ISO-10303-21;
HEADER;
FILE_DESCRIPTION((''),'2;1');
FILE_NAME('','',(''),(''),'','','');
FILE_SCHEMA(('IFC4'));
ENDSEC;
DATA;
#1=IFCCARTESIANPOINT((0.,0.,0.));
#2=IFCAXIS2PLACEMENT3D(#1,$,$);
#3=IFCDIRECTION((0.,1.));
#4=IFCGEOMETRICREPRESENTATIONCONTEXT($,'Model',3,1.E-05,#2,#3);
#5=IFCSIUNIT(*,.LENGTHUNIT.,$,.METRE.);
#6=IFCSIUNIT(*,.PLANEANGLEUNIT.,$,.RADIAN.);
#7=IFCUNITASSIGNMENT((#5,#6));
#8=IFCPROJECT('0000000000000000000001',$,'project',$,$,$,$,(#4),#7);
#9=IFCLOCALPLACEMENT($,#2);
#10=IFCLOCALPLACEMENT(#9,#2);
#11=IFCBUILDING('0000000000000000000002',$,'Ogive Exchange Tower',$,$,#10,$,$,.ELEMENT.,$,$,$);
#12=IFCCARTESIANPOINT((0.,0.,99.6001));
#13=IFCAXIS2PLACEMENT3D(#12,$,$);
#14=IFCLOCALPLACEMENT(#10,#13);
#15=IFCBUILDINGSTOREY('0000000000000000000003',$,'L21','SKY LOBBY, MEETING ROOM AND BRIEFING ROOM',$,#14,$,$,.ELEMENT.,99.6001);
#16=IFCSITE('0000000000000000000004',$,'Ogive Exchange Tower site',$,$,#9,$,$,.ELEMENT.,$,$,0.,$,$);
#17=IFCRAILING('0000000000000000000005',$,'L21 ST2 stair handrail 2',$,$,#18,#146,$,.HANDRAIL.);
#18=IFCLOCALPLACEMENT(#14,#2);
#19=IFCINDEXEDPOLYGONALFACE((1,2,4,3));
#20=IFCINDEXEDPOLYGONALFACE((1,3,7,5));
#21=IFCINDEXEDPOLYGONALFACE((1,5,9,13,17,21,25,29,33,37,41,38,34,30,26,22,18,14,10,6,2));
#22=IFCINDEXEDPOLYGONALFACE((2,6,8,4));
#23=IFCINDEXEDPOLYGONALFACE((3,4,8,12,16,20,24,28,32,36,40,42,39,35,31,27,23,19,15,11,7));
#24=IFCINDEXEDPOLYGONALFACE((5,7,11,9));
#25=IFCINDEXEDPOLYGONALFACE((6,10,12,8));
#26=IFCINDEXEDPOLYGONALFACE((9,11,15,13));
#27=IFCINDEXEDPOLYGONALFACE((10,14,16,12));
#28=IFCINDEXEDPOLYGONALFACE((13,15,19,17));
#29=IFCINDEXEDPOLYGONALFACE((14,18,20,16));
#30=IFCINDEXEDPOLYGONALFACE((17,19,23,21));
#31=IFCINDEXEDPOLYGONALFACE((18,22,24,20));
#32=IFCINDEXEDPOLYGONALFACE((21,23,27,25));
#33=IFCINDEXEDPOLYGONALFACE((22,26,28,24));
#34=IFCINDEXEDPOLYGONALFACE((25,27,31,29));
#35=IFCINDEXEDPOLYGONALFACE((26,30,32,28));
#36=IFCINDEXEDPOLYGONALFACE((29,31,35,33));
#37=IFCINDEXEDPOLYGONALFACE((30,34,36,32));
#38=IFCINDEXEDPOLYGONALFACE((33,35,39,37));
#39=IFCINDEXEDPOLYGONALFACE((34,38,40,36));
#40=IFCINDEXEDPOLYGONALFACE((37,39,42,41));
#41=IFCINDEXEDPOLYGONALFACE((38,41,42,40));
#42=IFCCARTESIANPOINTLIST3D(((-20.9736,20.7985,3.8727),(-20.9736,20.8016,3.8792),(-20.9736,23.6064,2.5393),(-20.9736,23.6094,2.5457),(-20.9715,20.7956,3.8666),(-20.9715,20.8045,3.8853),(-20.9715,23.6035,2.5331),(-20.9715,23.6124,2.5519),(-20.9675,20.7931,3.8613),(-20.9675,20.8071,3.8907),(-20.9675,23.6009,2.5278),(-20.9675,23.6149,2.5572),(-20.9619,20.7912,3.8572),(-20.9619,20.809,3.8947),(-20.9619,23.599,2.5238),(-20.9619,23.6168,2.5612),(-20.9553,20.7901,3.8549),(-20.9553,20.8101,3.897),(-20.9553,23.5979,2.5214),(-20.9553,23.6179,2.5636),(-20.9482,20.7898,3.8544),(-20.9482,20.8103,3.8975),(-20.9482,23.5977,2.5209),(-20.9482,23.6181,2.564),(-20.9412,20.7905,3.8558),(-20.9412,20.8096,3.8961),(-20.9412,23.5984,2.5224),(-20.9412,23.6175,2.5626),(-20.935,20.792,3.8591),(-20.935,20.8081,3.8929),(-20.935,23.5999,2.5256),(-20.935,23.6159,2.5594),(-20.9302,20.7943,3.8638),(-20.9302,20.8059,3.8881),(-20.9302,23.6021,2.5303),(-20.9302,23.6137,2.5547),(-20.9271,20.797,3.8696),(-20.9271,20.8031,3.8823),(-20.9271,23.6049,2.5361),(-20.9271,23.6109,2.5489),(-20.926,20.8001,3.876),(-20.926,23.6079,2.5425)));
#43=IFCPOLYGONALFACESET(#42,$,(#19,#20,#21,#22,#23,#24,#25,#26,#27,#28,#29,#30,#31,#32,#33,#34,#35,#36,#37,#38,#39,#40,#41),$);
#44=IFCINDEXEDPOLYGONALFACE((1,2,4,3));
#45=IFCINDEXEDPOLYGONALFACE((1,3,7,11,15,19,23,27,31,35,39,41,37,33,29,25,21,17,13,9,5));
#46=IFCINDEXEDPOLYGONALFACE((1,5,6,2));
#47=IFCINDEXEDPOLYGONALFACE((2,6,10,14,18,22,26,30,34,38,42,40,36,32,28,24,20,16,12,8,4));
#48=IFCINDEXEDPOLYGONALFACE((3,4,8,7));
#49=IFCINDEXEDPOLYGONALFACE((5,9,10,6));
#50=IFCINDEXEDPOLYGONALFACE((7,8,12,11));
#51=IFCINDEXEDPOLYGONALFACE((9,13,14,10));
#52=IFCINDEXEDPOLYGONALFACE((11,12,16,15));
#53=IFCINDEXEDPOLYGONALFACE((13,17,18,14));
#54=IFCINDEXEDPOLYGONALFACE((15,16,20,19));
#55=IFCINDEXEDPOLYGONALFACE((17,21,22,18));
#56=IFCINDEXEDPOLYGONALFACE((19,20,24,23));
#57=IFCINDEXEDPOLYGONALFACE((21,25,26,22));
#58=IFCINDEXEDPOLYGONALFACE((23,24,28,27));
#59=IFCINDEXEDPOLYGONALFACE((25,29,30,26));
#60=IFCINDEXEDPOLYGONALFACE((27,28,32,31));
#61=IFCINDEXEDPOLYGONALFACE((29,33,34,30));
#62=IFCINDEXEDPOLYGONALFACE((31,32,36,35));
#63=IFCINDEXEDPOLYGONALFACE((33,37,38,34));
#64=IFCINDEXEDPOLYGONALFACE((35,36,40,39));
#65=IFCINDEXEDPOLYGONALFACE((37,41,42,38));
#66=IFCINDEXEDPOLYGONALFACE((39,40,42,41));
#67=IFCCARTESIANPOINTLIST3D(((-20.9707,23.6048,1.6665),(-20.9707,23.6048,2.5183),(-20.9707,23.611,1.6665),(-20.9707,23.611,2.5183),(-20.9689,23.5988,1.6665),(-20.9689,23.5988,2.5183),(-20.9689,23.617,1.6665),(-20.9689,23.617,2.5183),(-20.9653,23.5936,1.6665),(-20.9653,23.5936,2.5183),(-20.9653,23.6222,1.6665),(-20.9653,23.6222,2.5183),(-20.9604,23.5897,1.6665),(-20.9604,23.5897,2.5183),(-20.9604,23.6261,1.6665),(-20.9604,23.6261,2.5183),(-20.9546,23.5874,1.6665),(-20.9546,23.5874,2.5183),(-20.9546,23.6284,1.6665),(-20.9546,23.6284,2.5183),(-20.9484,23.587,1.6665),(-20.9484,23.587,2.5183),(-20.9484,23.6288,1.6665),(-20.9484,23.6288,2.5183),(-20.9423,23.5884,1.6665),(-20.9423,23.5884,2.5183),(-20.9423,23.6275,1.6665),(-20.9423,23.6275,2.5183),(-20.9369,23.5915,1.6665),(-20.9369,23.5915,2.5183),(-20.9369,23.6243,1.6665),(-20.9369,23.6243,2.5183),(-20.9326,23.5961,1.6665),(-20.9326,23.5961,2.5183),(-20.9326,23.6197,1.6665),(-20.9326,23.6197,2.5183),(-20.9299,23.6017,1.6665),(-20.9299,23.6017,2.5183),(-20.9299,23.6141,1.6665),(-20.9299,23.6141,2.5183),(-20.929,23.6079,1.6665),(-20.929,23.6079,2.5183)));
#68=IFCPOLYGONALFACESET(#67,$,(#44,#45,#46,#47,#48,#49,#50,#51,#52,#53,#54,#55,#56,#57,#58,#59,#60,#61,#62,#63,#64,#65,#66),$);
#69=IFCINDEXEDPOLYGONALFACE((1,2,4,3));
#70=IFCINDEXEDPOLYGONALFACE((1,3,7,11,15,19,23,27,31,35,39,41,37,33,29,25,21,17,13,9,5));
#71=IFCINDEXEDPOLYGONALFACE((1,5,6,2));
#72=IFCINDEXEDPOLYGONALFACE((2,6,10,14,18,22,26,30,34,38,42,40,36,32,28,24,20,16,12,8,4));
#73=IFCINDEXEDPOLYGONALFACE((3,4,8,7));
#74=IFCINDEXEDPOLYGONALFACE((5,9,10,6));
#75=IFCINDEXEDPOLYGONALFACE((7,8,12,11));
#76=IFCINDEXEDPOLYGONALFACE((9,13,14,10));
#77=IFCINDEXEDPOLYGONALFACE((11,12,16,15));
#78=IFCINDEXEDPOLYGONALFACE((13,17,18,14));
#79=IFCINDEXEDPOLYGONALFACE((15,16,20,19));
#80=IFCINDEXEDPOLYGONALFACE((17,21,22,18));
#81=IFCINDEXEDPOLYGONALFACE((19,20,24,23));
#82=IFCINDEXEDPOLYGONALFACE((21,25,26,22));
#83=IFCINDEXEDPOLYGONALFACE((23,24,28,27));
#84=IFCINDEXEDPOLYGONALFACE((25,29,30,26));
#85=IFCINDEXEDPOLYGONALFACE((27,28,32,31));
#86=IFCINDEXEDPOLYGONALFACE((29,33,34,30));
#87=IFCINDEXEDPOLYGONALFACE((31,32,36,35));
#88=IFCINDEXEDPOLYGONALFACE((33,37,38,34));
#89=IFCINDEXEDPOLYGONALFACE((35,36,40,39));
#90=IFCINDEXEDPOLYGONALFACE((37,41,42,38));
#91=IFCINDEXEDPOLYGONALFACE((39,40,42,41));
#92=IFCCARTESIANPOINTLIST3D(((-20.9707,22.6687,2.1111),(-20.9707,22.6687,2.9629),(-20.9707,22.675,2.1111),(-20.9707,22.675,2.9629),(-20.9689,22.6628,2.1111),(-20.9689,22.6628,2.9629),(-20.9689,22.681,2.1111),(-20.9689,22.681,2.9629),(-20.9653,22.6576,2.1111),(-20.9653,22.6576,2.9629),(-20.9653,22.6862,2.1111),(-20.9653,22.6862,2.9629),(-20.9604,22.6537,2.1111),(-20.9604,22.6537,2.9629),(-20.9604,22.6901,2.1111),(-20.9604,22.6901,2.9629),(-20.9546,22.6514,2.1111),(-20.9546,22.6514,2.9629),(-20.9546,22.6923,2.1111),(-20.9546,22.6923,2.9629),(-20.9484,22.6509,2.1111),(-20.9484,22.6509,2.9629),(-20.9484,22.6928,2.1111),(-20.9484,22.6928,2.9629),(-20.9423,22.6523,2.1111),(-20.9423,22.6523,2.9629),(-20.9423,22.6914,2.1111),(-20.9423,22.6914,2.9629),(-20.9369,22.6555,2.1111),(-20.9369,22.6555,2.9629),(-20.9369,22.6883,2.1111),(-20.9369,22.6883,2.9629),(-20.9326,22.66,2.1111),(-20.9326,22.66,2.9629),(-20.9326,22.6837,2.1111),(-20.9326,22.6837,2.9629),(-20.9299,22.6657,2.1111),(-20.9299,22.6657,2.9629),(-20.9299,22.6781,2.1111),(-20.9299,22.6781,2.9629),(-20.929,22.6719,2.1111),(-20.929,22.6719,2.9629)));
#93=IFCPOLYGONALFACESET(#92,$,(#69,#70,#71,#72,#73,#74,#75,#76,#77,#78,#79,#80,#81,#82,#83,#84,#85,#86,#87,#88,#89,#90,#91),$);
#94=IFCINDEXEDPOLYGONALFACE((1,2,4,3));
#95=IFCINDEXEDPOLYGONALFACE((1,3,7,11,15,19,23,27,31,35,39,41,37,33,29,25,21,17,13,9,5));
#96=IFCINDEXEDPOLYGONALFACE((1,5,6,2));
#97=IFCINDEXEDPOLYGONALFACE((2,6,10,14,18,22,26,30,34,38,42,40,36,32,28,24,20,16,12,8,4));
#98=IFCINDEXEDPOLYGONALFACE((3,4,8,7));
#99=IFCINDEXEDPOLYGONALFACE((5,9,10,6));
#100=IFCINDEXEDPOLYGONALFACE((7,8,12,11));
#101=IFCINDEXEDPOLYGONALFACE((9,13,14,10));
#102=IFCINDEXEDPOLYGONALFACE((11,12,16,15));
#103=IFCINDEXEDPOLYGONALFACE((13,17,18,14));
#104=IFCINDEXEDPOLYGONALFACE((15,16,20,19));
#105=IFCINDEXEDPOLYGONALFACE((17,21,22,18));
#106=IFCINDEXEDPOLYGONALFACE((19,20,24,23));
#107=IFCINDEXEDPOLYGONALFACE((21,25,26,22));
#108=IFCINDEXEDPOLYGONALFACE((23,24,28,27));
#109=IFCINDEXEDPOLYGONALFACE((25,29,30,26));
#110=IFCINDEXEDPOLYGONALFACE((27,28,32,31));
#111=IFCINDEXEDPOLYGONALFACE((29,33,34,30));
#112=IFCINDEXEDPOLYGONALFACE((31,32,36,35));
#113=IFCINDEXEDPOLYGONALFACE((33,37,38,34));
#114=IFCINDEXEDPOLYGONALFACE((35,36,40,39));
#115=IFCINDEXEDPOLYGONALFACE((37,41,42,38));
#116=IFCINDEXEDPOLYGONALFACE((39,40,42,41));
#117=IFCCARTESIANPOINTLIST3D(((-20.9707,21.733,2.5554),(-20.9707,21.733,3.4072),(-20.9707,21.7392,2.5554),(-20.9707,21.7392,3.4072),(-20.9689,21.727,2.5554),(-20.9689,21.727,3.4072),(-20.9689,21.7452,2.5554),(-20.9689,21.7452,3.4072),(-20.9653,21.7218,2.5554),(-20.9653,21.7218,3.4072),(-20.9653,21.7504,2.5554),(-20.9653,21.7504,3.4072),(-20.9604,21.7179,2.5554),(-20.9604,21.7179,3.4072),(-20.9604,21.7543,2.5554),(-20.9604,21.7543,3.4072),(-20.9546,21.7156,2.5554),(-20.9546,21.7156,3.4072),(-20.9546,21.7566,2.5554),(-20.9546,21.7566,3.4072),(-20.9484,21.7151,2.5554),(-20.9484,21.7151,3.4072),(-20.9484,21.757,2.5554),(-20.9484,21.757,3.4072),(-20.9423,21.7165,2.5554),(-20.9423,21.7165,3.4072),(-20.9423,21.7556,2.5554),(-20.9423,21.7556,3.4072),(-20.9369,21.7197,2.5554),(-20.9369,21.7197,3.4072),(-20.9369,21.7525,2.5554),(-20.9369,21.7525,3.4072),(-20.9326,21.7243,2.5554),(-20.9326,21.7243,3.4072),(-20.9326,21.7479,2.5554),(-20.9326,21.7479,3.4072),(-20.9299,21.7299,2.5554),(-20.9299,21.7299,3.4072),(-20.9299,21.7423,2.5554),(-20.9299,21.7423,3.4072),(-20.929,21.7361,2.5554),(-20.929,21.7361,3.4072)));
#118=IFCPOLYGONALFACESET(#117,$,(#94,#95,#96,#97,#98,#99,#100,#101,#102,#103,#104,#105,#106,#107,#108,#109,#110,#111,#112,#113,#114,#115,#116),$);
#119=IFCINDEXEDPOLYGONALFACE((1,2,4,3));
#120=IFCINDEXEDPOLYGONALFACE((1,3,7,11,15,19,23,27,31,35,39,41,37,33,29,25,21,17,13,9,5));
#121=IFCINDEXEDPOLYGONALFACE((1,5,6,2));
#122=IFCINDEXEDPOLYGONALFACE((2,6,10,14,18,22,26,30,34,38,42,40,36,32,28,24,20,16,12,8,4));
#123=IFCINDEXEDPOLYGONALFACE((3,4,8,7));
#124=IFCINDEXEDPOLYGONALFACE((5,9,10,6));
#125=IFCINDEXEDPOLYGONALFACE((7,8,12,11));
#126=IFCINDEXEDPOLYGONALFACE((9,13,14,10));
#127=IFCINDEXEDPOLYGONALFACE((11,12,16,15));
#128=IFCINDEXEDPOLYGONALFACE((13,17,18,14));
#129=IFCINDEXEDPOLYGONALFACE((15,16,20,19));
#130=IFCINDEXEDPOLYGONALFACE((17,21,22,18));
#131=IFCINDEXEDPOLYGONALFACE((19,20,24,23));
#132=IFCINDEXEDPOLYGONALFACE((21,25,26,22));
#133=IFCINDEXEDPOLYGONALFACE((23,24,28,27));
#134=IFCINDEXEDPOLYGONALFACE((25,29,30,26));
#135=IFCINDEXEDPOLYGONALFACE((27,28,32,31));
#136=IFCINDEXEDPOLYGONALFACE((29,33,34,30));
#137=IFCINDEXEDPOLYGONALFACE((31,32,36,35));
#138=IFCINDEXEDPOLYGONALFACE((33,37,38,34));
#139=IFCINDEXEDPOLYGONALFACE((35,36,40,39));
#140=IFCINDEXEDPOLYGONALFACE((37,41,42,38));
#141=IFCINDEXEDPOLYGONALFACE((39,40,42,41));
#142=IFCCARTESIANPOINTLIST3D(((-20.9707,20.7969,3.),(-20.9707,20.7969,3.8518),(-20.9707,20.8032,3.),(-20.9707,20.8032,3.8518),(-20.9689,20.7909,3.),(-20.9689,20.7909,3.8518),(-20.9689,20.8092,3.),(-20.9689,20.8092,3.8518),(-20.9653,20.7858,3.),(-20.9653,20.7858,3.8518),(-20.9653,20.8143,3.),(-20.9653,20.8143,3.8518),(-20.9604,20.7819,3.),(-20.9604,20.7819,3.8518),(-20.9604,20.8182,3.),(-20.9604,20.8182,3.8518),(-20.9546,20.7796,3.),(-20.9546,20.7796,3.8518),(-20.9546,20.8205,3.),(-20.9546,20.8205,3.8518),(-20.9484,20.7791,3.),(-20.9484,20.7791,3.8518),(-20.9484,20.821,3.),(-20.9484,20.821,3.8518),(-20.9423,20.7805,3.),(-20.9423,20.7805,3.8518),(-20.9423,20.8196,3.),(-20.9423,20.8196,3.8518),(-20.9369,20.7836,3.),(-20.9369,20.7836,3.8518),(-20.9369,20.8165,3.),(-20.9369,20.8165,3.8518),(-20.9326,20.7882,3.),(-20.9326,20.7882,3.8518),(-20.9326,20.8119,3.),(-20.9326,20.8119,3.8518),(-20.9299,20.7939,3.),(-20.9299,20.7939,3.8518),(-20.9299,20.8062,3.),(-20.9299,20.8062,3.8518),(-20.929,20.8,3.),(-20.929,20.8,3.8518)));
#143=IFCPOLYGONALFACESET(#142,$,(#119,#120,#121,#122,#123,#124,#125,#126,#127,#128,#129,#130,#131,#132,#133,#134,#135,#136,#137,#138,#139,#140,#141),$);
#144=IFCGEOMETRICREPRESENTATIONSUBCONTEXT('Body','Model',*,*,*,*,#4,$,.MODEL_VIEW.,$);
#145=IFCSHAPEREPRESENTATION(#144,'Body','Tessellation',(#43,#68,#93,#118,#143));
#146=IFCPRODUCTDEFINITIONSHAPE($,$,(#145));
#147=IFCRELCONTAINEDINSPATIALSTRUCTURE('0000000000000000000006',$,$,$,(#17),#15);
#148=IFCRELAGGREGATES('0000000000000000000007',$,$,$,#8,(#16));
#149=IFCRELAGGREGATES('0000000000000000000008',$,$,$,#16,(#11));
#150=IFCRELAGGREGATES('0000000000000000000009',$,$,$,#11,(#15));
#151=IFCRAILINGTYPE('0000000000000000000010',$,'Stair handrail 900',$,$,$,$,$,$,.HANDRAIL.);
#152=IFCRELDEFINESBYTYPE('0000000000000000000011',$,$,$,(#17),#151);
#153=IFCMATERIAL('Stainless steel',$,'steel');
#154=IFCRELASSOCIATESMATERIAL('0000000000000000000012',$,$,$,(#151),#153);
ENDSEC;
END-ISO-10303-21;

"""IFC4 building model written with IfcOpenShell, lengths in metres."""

from ifc_helpers import new_model, si_unit, direction, frame, origin, origin_2d, place, context, subcontext, project, spatial, circle, extrude, material, type_object, element, save


model = new_model("IFC4")

# Units and contexts
model_context = context("Model", 3, precision=1e-05, world=origin(), true_north=direction((0.0, 1.0)))
body_context = subcontext(model_context, "Body", "Model", "MODEL_VIEW")
ifc_project = project(units=[si_unit("LENGTHUNIT", "METRE"), si_unit("PLANEANGLEUNIT", "RADIAN")], contexts=[model_context])

# Site, building, storey
site_placement = place(None, origin())
site = spatial("IfcSite", under=ifc_project, at=site_placement, Name="Ogive Exchange Tower site", CompositionType="ELEMENT", RefElevation=0.0)
building_placement = place(site_placement, origin())
building = spatial("IfcBuilding", under=site, at=building_placement, Name="Ogive Exchange Tower", CompositionType="ELEMENT")
storey_placement = place(building_placement, frame((0.0, 0.0, 99.6001)))
storey = spatial("IfcBuildingStorey", under=building, at=storey_placement, Name="L21", Description="SKY LOBBY, MEETING ROOM AND BRIEFING ROOM", CompositionType="ELEMENT", Elevation=99.6001)

# Railing
ifc_material_1 = material(Name="Stainless steel", Category="steel")
railing_type = type_object("IfcRailingType", Name="Stair handrail 900", PredefinedType="HANDRAIL", material=ifc_material_1)
for number, where, name in (
    (1, (-20.95, 23.6079, 1.6665), "L21 ST2 stair handrail 2"),
):
    element("IfcRailing", number, at=place(storey_placement, frame(where)), inside=storey, type_object=railing_type, Name=name, PredefinedType="HANDRAIL", context=body_context, shape_type="SweptSolid", body=[
        extrude(circle(Radius=0.0239, at=origin_2d()), frame((0.0, 0.0, 0.876), z_axis=(0.0, -0.903307, 0.428994), x_axis=(1.0, 0.0, 0.0)), (0.0, 0.0, 1.0), 3.1084),
        extrude(circle(Radius=0.021, at=origin_2d()), origin(), (0.0, 0.0, 1.0), 0.8518),
        extrude(circle(Radius=0.021, at=origin_2d()), frame((0.0, -0.936, 0.4446)), (0.0, 0.0, 1.0), 0.8518),
        extrude(circle(Radius=0.021, at=origin_2d()), frame((0.0, -1.8718, 0.8889)), (0.0, 0.0, 1.0), 0.8518),
        extrude(circle(Radius=0.021, at=origin_2d()), frame((0.0, -2.8079, 1.3335)), (0.0, 0.0, 1.0), 0.8518),
    ])

save(model, "model.ifc")
